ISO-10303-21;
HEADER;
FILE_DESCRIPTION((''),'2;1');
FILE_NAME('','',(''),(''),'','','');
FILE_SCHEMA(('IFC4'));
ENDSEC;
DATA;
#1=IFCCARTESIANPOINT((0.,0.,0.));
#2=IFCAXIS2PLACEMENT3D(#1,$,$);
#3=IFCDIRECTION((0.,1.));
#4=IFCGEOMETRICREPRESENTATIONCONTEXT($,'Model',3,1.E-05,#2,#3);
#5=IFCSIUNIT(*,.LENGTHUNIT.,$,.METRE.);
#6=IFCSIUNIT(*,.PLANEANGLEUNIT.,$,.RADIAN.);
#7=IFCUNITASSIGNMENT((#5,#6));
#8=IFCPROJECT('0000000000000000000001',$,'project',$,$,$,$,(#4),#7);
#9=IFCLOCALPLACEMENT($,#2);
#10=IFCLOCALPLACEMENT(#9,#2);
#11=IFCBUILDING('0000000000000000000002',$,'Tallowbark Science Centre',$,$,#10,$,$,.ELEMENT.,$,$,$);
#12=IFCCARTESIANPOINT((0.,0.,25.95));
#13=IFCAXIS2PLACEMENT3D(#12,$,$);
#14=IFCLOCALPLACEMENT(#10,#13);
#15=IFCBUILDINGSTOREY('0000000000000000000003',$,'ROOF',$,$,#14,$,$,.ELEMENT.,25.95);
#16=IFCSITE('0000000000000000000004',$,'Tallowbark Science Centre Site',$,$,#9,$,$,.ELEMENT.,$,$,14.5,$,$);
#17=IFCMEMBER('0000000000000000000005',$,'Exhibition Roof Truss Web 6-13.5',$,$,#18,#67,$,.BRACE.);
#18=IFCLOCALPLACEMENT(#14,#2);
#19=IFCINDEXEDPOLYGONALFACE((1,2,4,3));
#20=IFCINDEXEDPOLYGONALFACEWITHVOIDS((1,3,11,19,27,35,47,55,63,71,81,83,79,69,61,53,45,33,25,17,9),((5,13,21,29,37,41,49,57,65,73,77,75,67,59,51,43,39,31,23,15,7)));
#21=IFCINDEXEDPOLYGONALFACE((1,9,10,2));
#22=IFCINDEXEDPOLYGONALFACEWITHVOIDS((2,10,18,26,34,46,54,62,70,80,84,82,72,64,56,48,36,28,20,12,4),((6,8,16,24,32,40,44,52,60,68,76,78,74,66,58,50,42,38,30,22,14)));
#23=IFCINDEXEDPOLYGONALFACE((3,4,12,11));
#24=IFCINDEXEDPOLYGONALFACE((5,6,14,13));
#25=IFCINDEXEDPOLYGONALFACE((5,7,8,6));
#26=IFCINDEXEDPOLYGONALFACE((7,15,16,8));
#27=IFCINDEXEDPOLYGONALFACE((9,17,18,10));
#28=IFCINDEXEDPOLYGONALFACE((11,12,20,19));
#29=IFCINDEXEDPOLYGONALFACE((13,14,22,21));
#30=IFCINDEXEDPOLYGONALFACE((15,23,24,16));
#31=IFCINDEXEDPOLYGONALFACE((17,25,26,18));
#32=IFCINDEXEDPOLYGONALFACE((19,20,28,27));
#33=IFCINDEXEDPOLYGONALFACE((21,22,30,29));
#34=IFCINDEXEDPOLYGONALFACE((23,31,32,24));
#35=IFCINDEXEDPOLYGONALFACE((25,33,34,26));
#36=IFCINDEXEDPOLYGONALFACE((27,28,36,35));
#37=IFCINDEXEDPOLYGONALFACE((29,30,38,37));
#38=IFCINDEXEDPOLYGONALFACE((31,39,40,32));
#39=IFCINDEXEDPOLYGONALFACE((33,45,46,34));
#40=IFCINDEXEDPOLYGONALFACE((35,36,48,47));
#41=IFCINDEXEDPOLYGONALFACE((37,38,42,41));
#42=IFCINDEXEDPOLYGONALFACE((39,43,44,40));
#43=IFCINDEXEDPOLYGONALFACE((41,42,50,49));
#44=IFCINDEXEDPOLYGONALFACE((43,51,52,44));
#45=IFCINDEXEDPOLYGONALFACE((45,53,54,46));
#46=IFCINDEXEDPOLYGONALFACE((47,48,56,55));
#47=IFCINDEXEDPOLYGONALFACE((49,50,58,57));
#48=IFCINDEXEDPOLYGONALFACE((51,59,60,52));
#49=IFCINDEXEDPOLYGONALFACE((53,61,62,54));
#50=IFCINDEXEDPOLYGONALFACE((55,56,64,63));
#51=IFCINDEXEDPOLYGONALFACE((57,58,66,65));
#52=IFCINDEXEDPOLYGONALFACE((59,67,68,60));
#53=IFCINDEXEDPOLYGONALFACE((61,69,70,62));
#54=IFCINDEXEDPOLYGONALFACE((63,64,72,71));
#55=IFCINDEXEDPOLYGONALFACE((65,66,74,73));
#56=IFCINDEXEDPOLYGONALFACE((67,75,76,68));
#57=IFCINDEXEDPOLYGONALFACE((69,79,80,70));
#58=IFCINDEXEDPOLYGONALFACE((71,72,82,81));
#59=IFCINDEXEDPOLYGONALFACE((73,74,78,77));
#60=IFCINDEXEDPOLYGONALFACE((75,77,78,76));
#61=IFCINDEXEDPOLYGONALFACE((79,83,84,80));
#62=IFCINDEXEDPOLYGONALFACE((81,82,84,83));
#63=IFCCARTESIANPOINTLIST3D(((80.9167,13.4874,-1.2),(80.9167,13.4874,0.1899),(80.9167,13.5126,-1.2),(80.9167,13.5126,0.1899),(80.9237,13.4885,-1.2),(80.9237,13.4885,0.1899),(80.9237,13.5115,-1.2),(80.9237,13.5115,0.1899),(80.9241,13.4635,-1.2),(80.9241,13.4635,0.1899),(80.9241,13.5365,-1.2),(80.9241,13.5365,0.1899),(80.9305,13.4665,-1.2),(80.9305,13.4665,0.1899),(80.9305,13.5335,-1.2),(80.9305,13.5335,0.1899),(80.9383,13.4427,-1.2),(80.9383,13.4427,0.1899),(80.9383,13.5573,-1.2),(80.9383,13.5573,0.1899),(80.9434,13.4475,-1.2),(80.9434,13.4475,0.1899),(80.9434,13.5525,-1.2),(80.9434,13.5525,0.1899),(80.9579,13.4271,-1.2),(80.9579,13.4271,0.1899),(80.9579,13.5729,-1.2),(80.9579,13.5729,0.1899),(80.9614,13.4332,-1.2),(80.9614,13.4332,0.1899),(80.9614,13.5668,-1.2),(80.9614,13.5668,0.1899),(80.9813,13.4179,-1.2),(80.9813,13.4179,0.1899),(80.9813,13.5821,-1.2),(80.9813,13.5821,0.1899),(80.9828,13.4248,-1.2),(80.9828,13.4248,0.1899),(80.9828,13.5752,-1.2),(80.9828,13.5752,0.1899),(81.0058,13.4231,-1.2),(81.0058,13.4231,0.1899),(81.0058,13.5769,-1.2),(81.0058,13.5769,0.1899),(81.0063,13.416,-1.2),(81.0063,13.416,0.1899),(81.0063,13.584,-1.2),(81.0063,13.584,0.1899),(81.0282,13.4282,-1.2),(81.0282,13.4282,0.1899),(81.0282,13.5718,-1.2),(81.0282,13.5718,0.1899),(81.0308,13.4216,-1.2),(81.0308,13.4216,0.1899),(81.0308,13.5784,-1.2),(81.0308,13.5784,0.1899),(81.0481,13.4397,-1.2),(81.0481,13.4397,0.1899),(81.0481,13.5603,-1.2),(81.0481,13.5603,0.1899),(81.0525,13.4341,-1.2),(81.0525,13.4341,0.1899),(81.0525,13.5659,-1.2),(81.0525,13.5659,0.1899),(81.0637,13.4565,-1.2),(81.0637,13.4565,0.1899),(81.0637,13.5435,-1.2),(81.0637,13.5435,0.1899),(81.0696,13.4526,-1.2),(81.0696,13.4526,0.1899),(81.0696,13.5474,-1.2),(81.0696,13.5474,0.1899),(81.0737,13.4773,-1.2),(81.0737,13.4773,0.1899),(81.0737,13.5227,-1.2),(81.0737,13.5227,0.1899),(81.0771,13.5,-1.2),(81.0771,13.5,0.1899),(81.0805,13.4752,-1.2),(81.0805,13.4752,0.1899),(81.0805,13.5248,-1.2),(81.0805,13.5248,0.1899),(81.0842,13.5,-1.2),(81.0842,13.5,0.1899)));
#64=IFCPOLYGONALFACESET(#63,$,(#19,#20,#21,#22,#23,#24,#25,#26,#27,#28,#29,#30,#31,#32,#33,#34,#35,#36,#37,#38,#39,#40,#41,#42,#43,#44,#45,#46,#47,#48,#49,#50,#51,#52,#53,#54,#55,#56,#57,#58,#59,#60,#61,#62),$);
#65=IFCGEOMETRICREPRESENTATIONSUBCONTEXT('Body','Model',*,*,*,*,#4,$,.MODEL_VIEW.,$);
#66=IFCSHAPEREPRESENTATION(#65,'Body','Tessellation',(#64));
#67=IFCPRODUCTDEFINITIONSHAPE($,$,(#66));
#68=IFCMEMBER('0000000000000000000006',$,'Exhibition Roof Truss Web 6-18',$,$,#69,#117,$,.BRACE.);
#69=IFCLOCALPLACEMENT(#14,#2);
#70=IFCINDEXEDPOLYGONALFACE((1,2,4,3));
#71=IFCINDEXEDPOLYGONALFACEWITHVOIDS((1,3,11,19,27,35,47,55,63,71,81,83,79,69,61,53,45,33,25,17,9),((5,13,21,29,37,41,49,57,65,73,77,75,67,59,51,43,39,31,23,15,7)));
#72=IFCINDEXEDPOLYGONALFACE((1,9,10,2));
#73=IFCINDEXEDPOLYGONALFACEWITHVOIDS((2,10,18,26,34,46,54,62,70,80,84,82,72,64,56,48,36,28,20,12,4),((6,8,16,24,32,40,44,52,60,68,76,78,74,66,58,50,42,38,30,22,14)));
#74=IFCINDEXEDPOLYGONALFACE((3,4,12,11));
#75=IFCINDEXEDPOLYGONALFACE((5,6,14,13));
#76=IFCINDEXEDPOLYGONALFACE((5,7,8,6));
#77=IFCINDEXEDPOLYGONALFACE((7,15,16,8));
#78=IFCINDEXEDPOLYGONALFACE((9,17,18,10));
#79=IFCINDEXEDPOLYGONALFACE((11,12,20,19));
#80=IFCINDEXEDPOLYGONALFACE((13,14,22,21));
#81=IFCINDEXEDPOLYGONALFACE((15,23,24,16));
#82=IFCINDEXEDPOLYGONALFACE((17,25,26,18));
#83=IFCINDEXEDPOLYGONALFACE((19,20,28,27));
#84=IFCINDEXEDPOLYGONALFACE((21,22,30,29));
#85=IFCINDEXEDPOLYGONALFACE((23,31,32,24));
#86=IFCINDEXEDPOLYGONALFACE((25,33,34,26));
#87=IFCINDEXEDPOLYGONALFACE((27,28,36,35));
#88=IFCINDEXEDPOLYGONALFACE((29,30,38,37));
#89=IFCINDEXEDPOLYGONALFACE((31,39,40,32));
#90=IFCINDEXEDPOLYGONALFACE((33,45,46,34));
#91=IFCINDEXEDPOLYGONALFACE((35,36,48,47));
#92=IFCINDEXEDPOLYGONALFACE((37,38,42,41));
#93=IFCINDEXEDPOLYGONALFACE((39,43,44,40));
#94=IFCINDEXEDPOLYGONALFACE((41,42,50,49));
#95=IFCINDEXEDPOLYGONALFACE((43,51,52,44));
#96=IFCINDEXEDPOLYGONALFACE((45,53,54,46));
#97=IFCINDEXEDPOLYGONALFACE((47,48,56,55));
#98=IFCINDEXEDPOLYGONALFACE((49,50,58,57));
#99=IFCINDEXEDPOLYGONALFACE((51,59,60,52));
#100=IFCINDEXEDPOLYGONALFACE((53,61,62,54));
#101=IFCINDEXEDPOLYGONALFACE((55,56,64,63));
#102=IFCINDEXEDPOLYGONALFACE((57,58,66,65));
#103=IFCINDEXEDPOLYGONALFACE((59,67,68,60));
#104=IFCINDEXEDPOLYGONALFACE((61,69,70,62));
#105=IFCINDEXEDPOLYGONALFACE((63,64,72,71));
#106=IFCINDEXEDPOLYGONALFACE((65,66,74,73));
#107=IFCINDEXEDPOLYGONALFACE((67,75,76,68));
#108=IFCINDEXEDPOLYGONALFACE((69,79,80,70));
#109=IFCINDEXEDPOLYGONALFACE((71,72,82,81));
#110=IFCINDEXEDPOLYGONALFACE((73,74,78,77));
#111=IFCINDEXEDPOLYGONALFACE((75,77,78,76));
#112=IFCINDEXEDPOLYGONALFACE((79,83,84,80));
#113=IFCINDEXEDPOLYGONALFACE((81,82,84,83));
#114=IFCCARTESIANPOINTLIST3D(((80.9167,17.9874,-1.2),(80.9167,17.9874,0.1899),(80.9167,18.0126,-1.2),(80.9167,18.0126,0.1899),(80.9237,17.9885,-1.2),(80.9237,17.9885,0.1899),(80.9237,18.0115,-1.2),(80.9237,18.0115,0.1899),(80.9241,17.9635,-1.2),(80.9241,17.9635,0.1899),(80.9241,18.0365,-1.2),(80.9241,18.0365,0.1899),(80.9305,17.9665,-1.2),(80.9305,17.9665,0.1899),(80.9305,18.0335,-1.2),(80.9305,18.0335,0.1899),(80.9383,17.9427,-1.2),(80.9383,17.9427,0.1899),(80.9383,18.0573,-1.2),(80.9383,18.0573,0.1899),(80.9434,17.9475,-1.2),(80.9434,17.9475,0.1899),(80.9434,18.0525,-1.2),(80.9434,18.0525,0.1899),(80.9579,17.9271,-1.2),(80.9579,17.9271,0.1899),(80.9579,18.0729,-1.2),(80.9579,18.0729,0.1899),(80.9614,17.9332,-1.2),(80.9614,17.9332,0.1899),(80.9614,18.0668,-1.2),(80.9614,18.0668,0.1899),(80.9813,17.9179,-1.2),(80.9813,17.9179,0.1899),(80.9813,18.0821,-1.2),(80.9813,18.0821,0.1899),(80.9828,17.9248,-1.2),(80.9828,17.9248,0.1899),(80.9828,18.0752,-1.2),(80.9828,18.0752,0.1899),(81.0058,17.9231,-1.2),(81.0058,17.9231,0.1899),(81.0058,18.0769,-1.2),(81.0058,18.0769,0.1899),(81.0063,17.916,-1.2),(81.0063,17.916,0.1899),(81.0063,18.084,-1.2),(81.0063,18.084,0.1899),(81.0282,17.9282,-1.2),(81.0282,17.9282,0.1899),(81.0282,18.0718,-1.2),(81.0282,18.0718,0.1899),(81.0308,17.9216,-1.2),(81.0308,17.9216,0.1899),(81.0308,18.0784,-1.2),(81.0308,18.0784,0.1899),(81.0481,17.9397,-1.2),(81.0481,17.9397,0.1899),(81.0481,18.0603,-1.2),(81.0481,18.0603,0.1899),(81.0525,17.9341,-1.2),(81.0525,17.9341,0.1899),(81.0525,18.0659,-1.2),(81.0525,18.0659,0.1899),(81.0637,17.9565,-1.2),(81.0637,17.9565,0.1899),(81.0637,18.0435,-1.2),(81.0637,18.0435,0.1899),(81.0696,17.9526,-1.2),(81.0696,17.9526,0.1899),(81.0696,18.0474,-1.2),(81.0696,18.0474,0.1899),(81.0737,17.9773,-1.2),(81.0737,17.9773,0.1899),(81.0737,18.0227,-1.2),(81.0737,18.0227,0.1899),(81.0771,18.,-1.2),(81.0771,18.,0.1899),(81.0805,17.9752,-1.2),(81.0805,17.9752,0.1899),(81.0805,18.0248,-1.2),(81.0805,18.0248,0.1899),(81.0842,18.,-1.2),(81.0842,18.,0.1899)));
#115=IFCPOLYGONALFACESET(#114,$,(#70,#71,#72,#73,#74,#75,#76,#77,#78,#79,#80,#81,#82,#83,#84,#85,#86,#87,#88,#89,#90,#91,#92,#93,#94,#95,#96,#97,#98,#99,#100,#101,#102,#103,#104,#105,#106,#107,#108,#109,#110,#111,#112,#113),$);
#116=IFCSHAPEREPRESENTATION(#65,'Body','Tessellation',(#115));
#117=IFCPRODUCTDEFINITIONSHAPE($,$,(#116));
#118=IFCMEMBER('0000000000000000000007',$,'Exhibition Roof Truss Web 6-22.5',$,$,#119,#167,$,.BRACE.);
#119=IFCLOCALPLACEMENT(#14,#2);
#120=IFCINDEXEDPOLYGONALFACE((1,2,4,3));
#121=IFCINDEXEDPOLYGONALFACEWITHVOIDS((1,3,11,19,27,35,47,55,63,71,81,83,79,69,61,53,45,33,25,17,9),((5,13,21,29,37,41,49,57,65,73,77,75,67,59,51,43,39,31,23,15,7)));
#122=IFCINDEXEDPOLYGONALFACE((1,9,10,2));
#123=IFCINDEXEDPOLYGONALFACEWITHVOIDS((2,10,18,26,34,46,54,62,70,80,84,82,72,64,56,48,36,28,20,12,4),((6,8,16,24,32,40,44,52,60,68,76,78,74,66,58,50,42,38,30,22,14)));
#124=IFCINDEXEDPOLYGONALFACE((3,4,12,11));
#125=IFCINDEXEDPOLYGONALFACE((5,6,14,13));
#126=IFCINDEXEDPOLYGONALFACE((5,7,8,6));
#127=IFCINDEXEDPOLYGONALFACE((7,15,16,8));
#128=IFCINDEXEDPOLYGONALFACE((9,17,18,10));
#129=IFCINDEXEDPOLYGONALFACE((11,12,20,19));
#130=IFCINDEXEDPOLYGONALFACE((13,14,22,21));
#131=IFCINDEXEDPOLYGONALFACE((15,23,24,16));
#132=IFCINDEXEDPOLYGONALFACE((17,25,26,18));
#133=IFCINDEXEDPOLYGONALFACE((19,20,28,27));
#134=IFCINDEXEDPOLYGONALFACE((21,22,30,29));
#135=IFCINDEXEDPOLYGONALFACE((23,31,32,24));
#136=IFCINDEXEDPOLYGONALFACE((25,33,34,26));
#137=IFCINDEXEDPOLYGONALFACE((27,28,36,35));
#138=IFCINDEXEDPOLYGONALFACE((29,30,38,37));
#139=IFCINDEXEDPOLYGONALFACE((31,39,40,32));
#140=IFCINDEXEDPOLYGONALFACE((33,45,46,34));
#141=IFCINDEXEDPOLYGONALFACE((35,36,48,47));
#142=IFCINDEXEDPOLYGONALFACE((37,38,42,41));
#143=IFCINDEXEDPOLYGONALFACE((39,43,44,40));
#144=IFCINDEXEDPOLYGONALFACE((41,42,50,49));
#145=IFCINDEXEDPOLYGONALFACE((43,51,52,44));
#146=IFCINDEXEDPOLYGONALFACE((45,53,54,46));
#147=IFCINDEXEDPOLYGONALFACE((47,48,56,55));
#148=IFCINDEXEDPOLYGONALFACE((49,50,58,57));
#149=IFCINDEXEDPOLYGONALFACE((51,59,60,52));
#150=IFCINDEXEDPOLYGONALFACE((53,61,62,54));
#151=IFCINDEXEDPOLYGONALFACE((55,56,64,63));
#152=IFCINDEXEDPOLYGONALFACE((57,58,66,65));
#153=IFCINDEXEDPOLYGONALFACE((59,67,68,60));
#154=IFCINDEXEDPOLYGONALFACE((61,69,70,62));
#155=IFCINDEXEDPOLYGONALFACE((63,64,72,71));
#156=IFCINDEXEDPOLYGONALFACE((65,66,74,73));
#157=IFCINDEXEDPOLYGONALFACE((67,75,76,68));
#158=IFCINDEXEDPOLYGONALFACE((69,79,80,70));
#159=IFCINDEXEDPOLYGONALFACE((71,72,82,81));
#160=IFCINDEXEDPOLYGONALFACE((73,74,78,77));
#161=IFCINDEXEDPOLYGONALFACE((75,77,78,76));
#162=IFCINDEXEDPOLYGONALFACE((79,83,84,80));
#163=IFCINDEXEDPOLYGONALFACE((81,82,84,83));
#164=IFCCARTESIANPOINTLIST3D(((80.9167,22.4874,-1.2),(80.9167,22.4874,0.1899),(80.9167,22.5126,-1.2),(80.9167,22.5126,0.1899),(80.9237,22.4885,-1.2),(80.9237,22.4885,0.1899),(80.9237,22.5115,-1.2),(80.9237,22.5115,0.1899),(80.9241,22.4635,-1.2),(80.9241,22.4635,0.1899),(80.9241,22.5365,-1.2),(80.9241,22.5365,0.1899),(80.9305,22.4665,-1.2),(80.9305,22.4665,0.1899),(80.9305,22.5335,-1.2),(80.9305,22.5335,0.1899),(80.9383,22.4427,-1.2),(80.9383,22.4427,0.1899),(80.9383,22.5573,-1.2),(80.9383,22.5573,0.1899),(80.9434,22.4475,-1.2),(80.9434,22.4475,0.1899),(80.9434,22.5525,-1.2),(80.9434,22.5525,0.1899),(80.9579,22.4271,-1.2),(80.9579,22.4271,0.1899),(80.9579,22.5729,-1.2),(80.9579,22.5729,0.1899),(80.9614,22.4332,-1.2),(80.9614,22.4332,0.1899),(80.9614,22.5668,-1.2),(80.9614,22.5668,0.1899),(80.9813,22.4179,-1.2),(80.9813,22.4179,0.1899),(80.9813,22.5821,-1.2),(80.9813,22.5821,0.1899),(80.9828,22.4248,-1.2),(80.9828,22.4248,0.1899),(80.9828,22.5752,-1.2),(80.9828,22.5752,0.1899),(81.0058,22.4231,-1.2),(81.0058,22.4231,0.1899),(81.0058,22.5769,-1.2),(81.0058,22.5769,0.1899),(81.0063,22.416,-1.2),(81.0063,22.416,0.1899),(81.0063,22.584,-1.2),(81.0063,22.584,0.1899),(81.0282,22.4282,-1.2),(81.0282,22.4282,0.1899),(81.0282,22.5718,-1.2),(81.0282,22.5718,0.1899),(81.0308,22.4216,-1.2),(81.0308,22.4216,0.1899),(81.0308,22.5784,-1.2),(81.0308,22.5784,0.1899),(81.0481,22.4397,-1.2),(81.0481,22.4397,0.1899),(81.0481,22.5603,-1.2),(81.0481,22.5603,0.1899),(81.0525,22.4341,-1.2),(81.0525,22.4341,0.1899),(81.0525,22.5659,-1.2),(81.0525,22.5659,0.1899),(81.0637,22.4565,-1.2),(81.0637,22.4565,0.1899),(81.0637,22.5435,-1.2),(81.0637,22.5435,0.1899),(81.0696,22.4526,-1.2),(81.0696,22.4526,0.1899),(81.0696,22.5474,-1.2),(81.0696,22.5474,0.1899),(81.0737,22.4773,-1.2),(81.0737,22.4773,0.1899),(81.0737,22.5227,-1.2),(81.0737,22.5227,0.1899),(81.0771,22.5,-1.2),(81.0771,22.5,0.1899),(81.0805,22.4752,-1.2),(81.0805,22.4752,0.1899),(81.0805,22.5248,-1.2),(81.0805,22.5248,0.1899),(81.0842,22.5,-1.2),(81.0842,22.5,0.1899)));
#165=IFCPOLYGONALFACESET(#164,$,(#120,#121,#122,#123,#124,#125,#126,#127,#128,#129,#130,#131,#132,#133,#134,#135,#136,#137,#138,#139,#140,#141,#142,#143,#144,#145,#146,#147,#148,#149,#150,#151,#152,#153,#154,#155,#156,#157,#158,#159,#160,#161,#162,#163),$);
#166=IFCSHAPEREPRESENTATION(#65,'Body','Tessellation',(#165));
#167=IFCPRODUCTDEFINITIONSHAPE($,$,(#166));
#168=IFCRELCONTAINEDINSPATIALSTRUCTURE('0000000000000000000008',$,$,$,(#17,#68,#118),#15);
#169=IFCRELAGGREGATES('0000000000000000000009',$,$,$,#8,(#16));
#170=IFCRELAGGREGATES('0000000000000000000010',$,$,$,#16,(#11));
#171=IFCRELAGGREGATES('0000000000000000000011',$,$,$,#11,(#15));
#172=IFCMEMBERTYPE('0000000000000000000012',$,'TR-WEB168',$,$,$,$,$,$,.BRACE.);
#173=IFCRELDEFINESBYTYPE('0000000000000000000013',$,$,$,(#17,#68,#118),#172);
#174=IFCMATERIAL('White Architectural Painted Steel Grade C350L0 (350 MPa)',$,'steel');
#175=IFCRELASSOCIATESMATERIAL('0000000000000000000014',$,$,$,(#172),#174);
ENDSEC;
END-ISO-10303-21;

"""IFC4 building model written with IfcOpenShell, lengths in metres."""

from ifc_helpers import new_model, si_unit, direction, frame, origin, origin_2d, place, context, subcontext, project, spatial, hollow_circle, extrude, material, material_profile, profile_set, type_object, element, save


model = new_model("IFC4")

# Units and contexts
model_context = context("Model", 3, precision=1e-05, world=origin(), true_north=direction((0.0, 1.0)))
body_context = subcontext(model_context, "Body", "Model", "MODEL_VIEW")
ifc_project = project(units=[si_unit("LENGTHUNIT", "METRE"), si_unit("PLANEANGLEUNIT", "RADIAN")], contexts=[model_context])

# Site, building, storey
site_placement = place(None, origin())
site = spatial("IfcSite", under=ifc_project, at=site_placement, Name="Tallowbark Science Centre Site", CompositionType="ELEMENT", RefElevation=14.5)
building_placement = place(site_placement, origin())
building = spatial("IfcBuilding", under=site, at=building_placement, Name="Tallowbark Science Centre", CompositionType="ELEMENT")
storey_placement = place(building_placement, frame((0.0, 0.0, 25.95)))
storey = spatial("IfcBuildingStorey", under=building, at=storey_placement, Name="ROOF", CompositionType="ELEMENT", Elevation=25.95)

# Members
ifc_material_1 = material(Name="White Architectural Painted Steel Grade C350L0 (350 MPa)", Category="steel")
ifc_material_profile_1 = material_profile(ifc_material_1, hollow_circle(Radius=0.0842, WallThickness=0.0071, at=origin_2d()), Name="168.3x7.1CHS")
ifc_profile_set_1 = profile_set([ifc_material_profile_1], Name="White Architectural Painted Steel Grade C350L0 (350 MPa)")
member_type_1 = type_object("IfcMemberType", Name="TR-WEB168", PredefinedType="BRACE", material=ifc_profile_set_1)
for number, where, z_axis, x_axis, name in (
    (1, (81.0, 13.5, -1.2), (0.0, 0.0, 1.0), (1.0, 0.0, 0.0), "Exhibition Roof Truss Web 6-13.5"),
    (2, (81.0, 18.0, -1.2), (0.0, 0.0, 1.0), (1.0, 0.0, 0.0), "Exhibition Roof Truss Web 6-18"),
    (3, (81.0, 22.5, -1.2), (0.0, 0.0, 1.0), (1.0, 0.0, 0.0), "Exhibition Roof Truss Web 6-22.5"),
):
    element("IfcMember", number, at=place(storey_placement, frame(where, z_axis=z_axis, x_axis=x_axis)), inside=storey, type_object=member_type_1, Name=name, PredefinedType="BRACE", context=body_context, shape_type="SweptSolid", body=[
        extrude(hollow_circle(Radius=0.0842, WallThickness=0.0071, at=origin_2d()), origin(), (0.0, 0.0, 1.0), 1.3899),
    ])

save(model, "model.ifc")
